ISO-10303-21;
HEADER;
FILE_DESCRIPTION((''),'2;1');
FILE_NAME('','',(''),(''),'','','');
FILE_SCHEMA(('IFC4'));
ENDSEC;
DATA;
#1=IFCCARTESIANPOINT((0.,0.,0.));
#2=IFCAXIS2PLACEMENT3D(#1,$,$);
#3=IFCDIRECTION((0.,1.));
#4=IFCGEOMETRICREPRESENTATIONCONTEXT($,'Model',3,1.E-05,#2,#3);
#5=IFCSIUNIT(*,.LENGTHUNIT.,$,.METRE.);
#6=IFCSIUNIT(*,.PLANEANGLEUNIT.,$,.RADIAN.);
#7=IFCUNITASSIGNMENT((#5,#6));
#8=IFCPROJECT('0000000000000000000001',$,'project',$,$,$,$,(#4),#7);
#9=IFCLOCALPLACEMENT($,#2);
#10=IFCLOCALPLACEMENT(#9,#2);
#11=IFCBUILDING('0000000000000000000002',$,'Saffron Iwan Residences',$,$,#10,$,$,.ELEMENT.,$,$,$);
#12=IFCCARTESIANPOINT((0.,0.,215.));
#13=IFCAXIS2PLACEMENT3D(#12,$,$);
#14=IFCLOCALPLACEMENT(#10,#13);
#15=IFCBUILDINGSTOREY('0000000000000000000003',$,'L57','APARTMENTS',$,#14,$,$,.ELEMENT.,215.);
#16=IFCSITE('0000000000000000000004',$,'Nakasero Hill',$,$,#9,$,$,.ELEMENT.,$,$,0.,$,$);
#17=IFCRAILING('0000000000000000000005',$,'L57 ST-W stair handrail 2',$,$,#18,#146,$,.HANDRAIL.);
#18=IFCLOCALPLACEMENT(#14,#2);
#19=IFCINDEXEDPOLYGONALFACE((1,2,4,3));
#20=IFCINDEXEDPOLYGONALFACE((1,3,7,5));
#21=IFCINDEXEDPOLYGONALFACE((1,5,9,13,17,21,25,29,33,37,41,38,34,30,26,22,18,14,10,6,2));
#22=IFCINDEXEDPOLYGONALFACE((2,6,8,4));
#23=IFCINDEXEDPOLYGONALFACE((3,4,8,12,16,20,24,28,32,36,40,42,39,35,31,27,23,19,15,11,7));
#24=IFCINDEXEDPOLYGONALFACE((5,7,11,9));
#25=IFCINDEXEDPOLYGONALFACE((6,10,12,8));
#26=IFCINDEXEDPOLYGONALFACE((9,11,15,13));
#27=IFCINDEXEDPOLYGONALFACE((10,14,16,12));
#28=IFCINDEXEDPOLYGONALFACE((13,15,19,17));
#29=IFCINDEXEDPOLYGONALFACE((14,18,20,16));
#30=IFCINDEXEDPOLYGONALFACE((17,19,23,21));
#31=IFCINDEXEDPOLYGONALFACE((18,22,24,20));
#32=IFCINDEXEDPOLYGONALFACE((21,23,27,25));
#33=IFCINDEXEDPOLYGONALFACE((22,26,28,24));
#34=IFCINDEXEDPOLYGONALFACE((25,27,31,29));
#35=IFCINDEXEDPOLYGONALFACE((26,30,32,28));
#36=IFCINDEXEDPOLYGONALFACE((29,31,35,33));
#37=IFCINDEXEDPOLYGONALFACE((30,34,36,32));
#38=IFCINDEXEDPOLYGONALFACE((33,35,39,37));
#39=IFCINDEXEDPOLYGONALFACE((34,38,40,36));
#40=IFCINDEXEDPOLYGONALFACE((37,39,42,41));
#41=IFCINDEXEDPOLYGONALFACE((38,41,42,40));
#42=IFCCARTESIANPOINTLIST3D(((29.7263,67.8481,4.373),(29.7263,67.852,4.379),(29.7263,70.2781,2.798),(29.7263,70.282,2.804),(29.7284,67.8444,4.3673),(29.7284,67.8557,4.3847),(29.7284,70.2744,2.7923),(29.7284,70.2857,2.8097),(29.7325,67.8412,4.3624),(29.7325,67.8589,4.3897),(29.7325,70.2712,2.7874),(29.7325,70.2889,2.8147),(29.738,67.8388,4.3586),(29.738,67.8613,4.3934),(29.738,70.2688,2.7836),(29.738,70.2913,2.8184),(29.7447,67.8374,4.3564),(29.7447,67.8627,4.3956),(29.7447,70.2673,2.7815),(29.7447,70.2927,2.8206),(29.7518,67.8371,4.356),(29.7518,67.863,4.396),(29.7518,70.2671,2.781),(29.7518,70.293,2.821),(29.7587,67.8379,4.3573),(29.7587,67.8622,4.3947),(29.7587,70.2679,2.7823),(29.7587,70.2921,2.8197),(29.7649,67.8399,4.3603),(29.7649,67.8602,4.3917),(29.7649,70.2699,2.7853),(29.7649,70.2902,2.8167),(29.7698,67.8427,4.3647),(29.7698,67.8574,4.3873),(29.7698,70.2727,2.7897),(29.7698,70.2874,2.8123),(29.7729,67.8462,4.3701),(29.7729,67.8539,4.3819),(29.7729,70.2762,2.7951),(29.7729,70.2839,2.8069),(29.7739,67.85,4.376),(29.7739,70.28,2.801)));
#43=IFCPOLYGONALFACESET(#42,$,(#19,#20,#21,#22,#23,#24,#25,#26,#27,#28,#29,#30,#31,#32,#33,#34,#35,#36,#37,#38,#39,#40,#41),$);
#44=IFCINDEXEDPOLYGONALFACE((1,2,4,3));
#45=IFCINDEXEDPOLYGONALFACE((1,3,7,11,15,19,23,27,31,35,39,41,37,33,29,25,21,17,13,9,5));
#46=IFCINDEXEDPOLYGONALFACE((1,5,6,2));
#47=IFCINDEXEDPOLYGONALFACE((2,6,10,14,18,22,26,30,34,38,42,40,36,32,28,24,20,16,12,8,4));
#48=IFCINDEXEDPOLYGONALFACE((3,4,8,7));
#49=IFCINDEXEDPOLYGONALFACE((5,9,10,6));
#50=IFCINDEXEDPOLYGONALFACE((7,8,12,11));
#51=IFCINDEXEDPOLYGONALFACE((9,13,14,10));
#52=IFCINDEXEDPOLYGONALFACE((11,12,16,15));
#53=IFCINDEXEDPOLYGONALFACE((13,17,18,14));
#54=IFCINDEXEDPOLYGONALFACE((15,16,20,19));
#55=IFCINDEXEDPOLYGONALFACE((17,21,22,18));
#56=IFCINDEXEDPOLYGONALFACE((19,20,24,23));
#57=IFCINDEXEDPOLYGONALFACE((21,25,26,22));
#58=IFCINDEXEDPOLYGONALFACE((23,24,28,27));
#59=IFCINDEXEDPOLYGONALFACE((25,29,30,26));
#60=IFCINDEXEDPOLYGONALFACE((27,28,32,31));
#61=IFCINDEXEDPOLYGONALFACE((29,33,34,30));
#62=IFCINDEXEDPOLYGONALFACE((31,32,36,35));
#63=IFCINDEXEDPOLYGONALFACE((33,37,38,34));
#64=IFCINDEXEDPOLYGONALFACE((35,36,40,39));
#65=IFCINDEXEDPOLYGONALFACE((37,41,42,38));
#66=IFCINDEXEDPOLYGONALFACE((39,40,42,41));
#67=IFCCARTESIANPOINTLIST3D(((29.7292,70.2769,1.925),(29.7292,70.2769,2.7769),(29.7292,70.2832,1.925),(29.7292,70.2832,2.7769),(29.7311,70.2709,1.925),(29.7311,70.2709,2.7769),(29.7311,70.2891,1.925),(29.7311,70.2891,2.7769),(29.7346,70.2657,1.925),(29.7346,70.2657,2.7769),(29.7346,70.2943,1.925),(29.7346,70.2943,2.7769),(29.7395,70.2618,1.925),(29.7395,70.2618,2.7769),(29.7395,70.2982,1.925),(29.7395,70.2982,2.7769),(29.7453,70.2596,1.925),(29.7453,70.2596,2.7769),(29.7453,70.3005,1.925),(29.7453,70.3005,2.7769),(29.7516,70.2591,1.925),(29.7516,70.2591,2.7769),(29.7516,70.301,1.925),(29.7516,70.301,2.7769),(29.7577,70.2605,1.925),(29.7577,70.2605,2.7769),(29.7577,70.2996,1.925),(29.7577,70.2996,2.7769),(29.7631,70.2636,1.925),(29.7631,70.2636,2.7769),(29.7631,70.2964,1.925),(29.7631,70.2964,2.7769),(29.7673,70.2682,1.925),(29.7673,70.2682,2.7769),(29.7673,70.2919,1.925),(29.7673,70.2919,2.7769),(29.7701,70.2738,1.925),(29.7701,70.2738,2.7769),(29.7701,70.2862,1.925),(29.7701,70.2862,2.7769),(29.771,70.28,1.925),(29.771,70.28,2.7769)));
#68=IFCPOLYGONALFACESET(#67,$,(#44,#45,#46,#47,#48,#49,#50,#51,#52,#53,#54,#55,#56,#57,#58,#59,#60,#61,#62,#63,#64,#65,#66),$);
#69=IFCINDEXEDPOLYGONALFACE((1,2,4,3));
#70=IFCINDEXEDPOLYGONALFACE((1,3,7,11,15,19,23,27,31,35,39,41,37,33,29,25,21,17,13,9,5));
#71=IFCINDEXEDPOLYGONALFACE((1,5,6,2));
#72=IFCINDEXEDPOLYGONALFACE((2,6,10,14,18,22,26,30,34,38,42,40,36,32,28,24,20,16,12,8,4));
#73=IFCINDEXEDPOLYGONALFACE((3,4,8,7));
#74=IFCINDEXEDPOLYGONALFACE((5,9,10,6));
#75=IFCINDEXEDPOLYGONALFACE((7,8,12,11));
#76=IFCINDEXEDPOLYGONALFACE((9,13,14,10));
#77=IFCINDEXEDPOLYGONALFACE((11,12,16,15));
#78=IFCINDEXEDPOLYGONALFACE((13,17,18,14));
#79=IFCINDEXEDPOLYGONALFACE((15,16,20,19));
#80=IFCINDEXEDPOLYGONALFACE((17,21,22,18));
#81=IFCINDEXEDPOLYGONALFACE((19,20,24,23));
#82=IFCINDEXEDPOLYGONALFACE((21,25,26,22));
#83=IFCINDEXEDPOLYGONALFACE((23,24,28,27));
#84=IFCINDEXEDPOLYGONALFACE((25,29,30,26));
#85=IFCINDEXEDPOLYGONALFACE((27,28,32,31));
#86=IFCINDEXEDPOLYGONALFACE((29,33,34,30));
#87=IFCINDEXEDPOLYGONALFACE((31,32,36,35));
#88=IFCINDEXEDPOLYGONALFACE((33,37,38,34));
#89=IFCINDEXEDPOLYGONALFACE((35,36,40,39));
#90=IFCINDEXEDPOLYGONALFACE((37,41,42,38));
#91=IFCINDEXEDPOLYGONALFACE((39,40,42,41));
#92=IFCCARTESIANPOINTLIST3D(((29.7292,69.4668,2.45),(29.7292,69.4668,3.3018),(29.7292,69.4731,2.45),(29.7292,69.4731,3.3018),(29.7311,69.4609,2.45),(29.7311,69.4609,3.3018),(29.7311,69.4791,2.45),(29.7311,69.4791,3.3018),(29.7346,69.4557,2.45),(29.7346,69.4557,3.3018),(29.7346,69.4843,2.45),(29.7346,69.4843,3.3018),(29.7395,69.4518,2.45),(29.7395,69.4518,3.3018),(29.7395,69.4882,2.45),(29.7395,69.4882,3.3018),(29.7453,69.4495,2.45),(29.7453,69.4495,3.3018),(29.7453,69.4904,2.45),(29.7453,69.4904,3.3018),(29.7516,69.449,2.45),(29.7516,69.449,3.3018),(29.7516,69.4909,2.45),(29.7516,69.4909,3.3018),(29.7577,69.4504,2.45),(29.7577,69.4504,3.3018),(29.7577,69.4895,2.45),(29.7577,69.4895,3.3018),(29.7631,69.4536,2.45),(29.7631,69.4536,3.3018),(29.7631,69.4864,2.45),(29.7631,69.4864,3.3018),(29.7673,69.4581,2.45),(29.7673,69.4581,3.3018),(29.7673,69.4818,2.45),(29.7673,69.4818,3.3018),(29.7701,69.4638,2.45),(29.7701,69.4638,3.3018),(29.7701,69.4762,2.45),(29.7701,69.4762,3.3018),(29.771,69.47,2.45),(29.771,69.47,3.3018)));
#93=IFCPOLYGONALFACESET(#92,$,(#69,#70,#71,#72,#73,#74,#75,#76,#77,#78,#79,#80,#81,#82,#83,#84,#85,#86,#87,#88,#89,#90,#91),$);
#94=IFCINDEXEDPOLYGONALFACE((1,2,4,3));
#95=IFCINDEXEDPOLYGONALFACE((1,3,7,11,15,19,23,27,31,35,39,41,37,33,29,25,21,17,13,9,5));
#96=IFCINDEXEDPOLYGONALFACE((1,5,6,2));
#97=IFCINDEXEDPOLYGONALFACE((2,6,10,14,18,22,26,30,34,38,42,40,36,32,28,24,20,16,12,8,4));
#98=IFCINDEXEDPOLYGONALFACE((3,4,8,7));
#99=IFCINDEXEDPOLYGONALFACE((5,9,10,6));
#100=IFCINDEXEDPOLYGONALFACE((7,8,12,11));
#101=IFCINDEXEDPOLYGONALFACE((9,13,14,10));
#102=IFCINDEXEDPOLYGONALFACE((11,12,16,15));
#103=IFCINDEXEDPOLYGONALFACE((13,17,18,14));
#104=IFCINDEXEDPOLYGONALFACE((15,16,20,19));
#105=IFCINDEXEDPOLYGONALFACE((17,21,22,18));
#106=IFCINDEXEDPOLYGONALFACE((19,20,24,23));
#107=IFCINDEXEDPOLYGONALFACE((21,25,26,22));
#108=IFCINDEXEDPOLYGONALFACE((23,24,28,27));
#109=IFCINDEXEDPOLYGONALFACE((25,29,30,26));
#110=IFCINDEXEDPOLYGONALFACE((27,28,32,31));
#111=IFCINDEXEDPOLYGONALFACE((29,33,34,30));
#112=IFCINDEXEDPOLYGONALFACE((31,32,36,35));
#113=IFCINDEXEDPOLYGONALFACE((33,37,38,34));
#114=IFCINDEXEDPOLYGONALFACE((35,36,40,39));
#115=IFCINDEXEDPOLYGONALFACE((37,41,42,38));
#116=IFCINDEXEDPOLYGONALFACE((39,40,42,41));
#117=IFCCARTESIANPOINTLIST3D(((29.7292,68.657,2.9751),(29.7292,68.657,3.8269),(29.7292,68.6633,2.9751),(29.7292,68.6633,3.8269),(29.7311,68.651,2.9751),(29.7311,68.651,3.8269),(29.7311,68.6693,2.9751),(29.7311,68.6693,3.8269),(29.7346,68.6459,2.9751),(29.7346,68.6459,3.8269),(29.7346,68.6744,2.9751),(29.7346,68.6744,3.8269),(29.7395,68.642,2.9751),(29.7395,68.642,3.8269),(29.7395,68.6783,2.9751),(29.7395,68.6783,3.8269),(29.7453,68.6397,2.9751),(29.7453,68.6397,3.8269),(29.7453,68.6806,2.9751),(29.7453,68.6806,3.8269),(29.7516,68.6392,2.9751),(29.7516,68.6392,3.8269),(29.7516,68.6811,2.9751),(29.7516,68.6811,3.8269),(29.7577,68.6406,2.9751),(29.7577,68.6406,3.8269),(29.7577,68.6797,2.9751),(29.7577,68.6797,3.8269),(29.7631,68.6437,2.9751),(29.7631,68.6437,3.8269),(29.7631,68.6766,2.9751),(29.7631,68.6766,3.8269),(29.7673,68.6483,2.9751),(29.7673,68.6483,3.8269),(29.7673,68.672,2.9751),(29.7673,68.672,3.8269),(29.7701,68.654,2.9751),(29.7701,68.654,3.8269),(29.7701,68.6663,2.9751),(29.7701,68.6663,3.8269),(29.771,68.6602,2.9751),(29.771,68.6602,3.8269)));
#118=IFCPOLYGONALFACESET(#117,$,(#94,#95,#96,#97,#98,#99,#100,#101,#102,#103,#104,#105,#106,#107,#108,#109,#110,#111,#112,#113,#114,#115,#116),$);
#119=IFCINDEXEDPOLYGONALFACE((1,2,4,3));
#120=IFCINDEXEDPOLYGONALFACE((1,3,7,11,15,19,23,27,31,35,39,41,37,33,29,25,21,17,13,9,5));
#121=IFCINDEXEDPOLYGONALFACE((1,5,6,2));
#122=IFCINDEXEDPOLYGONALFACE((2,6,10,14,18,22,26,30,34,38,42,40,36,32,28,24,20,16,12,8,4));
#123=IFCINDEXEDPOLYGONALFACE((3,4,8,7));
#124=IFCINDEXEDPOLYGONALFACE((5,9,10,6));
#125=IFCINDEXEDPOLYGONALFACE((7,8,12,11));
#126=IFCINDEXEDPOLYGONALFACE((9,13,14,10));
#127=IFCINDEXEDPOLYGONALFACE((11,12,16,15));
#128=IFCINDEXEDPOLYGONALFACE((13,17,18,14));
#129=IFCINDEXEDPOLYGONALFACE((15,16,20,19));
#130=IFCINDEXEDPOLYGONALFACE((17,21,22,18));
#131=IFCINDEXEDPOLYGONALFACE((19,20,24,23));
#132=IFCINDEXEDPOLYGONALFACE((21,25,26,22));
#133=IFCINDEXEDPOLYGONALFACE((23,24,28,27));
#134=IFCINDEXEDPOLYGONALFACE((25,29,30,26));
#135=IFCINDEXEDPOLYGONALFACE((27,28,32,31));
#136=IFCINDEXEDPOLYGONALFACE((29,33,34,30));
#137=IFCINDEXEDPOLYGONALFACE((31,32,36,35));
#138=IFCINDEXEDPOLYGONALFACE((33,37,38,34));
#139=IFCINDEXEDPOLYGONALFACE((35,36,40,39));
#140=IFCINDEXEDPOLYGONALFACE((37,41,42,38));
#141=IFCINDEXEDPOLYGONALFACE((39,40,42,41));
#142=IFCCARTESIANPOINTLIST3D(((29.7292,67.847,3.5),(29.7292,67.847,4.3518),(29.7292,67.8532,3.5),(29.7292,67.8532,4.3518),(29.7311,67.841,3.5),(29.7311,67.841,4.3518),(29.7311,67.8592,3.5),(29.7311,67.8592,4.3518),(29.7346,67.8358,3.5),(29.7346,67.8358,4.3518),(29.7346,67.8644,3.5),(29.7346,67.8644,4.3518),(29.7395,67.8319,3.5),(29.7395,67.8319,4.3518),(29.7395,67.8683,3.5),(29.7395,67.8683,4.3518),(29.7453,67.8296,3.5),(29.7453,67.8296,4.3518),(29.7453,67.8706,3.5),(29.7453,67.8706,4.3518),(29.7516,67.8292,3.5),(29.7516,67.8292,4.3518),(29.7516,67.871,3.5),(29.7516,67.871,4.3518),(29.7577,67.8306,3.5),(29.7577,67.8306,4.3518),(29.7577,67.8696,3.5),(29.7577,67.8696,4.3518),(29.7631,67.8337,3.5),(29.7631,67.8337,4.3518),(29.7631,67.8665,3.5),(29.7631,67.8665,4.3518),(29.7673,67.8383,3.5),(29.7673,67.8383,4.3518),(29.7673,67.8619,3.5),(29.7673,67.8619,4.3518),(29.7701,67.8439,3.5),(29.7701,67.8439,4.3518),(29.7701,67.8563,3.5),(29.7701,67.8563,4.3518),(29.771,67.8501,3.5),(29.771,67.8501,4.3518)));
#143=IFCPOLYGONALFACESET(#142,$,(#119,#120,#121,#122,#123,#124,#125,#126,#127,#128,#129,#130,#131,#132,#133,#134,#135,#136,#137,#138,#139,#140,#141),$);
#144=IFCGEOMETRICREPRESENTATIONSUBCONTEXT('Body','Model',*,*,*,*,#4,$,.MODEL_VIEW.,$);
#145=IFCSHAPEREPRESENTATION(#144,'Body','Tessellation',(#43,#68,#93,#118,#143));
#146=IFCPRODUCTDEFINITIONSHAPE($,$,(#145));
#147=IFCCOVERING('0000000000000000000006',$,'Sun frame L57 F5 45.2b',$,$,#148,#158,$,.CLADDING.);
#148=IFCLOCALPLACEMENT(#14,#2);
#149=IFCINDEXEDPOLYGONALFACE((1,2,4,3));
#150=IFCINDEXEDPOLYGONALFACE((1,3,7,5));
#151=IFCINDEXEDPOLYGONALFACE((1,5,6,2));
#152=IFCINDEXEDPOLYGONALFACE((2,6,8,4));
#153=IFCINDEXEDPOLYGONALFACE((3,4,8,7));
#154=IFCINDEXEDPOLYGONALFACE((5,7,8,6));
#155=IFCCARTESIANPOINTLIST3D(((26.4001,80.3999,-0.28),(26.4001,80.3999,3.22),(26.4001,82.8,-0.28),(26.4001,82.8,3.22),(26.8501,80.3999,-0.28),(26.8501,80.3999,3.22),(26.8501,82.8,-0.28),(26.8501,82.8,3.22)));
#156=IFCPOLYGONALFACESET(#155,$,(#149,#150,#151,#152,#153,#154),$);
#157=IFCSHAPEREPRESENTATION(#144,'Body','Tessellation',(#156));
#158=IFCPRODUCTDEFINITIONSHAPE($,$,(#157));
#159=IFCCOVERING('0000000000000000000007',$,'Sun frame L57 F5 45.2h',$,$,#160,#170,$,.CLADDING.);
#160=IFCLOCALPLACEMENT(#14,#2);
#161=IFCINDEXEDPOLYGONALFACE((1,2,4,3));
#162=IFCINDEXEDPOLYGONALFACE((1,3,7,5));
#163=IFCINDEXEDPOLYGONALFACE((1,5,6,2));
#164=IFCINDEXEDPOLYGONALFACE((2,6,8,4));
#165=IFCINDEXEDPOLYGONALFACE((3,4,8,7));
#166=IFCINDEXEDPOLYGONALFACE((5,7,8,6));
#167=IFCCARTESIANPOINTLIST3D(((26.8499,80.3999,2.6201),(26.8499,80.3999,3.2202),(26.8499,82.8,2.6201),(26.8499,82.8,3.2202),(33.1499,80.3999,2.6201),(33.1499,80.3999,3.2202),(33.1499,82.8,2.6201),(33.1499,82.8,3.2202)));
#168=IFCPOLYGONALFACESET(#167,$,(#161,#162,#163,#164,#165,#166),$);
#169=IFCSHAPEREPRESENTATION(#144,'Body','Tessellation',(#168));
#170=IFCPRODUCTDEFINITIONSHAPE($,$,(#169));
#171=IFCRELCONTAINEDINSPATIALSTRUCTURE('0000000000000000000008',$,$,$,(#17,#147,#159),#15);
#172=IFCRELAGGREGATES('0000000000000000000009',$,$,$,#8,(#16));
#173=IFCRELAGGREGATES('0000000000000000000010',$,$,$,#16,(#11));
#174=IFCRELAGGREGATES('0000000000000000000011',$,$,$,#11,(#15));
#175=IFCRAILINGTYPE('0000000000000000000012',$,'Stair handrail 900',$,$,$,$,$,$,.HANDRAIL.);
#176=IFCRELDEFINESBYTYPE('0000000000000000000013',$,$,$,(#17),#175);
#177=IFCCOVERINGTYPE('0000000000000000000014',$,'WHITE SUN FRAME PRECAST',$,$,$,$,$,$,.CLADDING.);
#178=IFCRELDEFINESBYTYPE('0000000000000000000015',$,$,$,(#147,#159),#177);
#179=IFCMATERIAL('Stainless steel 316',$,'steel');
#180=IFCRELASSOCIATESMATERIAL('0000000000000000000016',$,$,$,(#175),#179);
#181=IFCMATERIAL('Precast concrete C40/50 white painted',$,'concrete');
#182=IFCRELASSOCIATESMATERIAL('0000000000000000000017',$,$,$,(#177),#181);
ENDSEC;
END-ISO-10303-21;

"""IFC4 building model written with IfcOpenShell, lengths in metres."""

from ifc_helpers import new_model, si_unit, direction, frame, origin, origin_2d, place, context, subcontext, project, spatial, polyline, circle, outline, extrude, material, type_object, element, save


model = new_model("IFC4")

# Units and contexts
model_context = context("Model", 3, precision=1e-05, world=origin(), true_north=direction((0.0, 1.0)))
body_context = subcontext(model_context, "Body", "Model", "MODEL_VIEW")
ifc_project = project(units=[si_unit("LENGTHUNIT", "METRE"), si_unit("PLANEANGLEUNIT", "RADIAN")], contexts=[model_context])

# Site, building, storey
site_placement = place(None, origin())
site = spatial("IfcSite", under=ifc_project, at=site_placement, Name="Nakasero Hill", CompositionType="ELEMENT", RefElevation=0.0)
building_placement = place(site_placement, origin())
building = spatial("IfcBuilding", under=site, at=building_placement, Name="Saffron Iwan Residences", CompositionType="ELEMENT")
storey_placement = place(building_placement, frame((0.0, 0.0, 215.0)))
storey = spatial("IfcBuildingStorey", under=building, at=storey_placement, Name="L57", Description="APARTMENTS", CompositionType="ELEMENT", Elevation=215.0)

# Railing
ifc_material_1 = material(Name="Stainless steel 316", Category="steel")
railing_type = type_object("IfcRailingType", Name="Stair handrail 900", PredefinedType="HANDRAIL", material=ifc_material_1)
railing_placement = place(storey_placement, frame((29.75, 70.28, 1.925)))
element("IfcRailing", 1, at=railing_placement, inside=storey, type_object=railing_type, Name="L57 ST-W stair handrail 2", PredefinedType="HANDRAIL", context=body_context, shape_type="SweptSolid", body=[
    extrude(circle(Radius=0.0239, at=origin_2d()), frame((0.0, 0.0, 0.876), z_axis=(0.0, -0.839154, 0.543894), x_axis=(1.0, 0.0, 0.0)), (0.0, 0.0, 1.0), 2.8958),
    extrude(circle(Radius=0.021, at=origin_2d()), origin(), (0.0, 0.0, 1.0), 0.8518),
    extrude(circle(Radius=0.021, at=origin_2d()), frame((0.0, -0.8101, 0.5249)), (0.0, 0.0, 1.0), 0.8518),
    extrude(circle(Radius=0.021, at=origin_2d()), frame((0.0, -1.6199, 1.05)), (0.0, 0.0, 1.0), 0.8518),
    extrude(circle(Radius=0.021, at=origin_2d()), frame((0.0, -2.4299, 1.575)), (0.0, 0.0, 1.0), 0.8518),
])

# Coverings
ifc_material_2 = material(Name="Precast concrete C40/50 white painted", Category="concrete")
covering_type_1 = type_object("IfcCoveringType", Name="WHITE SUN FRAME PRECAST", PredefinedType="CLADDING", material=ifc_material_2)
covering_1_placement = place(storey_placement, frame((26.8501, 80.3999, -0.28), z_axis=(0.0, 1.0, 0.0), x_axis=(-1.0, 0.0, 0.0)))
element("IfcCovering", 2, at=covering_1_placement, inside=storey, type_object=covering_type_1, Name="Sun frame L57 F5 45.2b", PredefinedType="CLADDING", context=body_context, shape_type="SweptSolid", body=[
    extrude(outline(polyline([(0.0, 0.0), (0.45, 0.0), (0.45, 3.5), (0.0, 3.5), (0.0, 0.0)])), origin(), (0.0, 0.0, 1.0), 2.4001),
])
covering_2_placement = place(storey_placement, frame((33.1499, 80.3999, 2.6201), z_axis=(0.0, 1.0, 0.0), x_axis=(-1.0, 0.0, 0.0)))
element("IfcCovering", 3, at=covering_2_placement, inside=storey, type_object=covering_type_1, Name="Sun frame L57 F5 45.2h", PredefinedType="CLADDING", context=body_context, shape_type="SweptSolid", body=[
    extrude(outline(polyline([(0.0, 0.0), (6.3, 0.0), (6.3, 0.6001), (0.0, 0.6001), (0.0, 0.0)])), origin(), (0.0, 0.0, 1.0), 2.4001),
])

save(model, "model.ifc")
